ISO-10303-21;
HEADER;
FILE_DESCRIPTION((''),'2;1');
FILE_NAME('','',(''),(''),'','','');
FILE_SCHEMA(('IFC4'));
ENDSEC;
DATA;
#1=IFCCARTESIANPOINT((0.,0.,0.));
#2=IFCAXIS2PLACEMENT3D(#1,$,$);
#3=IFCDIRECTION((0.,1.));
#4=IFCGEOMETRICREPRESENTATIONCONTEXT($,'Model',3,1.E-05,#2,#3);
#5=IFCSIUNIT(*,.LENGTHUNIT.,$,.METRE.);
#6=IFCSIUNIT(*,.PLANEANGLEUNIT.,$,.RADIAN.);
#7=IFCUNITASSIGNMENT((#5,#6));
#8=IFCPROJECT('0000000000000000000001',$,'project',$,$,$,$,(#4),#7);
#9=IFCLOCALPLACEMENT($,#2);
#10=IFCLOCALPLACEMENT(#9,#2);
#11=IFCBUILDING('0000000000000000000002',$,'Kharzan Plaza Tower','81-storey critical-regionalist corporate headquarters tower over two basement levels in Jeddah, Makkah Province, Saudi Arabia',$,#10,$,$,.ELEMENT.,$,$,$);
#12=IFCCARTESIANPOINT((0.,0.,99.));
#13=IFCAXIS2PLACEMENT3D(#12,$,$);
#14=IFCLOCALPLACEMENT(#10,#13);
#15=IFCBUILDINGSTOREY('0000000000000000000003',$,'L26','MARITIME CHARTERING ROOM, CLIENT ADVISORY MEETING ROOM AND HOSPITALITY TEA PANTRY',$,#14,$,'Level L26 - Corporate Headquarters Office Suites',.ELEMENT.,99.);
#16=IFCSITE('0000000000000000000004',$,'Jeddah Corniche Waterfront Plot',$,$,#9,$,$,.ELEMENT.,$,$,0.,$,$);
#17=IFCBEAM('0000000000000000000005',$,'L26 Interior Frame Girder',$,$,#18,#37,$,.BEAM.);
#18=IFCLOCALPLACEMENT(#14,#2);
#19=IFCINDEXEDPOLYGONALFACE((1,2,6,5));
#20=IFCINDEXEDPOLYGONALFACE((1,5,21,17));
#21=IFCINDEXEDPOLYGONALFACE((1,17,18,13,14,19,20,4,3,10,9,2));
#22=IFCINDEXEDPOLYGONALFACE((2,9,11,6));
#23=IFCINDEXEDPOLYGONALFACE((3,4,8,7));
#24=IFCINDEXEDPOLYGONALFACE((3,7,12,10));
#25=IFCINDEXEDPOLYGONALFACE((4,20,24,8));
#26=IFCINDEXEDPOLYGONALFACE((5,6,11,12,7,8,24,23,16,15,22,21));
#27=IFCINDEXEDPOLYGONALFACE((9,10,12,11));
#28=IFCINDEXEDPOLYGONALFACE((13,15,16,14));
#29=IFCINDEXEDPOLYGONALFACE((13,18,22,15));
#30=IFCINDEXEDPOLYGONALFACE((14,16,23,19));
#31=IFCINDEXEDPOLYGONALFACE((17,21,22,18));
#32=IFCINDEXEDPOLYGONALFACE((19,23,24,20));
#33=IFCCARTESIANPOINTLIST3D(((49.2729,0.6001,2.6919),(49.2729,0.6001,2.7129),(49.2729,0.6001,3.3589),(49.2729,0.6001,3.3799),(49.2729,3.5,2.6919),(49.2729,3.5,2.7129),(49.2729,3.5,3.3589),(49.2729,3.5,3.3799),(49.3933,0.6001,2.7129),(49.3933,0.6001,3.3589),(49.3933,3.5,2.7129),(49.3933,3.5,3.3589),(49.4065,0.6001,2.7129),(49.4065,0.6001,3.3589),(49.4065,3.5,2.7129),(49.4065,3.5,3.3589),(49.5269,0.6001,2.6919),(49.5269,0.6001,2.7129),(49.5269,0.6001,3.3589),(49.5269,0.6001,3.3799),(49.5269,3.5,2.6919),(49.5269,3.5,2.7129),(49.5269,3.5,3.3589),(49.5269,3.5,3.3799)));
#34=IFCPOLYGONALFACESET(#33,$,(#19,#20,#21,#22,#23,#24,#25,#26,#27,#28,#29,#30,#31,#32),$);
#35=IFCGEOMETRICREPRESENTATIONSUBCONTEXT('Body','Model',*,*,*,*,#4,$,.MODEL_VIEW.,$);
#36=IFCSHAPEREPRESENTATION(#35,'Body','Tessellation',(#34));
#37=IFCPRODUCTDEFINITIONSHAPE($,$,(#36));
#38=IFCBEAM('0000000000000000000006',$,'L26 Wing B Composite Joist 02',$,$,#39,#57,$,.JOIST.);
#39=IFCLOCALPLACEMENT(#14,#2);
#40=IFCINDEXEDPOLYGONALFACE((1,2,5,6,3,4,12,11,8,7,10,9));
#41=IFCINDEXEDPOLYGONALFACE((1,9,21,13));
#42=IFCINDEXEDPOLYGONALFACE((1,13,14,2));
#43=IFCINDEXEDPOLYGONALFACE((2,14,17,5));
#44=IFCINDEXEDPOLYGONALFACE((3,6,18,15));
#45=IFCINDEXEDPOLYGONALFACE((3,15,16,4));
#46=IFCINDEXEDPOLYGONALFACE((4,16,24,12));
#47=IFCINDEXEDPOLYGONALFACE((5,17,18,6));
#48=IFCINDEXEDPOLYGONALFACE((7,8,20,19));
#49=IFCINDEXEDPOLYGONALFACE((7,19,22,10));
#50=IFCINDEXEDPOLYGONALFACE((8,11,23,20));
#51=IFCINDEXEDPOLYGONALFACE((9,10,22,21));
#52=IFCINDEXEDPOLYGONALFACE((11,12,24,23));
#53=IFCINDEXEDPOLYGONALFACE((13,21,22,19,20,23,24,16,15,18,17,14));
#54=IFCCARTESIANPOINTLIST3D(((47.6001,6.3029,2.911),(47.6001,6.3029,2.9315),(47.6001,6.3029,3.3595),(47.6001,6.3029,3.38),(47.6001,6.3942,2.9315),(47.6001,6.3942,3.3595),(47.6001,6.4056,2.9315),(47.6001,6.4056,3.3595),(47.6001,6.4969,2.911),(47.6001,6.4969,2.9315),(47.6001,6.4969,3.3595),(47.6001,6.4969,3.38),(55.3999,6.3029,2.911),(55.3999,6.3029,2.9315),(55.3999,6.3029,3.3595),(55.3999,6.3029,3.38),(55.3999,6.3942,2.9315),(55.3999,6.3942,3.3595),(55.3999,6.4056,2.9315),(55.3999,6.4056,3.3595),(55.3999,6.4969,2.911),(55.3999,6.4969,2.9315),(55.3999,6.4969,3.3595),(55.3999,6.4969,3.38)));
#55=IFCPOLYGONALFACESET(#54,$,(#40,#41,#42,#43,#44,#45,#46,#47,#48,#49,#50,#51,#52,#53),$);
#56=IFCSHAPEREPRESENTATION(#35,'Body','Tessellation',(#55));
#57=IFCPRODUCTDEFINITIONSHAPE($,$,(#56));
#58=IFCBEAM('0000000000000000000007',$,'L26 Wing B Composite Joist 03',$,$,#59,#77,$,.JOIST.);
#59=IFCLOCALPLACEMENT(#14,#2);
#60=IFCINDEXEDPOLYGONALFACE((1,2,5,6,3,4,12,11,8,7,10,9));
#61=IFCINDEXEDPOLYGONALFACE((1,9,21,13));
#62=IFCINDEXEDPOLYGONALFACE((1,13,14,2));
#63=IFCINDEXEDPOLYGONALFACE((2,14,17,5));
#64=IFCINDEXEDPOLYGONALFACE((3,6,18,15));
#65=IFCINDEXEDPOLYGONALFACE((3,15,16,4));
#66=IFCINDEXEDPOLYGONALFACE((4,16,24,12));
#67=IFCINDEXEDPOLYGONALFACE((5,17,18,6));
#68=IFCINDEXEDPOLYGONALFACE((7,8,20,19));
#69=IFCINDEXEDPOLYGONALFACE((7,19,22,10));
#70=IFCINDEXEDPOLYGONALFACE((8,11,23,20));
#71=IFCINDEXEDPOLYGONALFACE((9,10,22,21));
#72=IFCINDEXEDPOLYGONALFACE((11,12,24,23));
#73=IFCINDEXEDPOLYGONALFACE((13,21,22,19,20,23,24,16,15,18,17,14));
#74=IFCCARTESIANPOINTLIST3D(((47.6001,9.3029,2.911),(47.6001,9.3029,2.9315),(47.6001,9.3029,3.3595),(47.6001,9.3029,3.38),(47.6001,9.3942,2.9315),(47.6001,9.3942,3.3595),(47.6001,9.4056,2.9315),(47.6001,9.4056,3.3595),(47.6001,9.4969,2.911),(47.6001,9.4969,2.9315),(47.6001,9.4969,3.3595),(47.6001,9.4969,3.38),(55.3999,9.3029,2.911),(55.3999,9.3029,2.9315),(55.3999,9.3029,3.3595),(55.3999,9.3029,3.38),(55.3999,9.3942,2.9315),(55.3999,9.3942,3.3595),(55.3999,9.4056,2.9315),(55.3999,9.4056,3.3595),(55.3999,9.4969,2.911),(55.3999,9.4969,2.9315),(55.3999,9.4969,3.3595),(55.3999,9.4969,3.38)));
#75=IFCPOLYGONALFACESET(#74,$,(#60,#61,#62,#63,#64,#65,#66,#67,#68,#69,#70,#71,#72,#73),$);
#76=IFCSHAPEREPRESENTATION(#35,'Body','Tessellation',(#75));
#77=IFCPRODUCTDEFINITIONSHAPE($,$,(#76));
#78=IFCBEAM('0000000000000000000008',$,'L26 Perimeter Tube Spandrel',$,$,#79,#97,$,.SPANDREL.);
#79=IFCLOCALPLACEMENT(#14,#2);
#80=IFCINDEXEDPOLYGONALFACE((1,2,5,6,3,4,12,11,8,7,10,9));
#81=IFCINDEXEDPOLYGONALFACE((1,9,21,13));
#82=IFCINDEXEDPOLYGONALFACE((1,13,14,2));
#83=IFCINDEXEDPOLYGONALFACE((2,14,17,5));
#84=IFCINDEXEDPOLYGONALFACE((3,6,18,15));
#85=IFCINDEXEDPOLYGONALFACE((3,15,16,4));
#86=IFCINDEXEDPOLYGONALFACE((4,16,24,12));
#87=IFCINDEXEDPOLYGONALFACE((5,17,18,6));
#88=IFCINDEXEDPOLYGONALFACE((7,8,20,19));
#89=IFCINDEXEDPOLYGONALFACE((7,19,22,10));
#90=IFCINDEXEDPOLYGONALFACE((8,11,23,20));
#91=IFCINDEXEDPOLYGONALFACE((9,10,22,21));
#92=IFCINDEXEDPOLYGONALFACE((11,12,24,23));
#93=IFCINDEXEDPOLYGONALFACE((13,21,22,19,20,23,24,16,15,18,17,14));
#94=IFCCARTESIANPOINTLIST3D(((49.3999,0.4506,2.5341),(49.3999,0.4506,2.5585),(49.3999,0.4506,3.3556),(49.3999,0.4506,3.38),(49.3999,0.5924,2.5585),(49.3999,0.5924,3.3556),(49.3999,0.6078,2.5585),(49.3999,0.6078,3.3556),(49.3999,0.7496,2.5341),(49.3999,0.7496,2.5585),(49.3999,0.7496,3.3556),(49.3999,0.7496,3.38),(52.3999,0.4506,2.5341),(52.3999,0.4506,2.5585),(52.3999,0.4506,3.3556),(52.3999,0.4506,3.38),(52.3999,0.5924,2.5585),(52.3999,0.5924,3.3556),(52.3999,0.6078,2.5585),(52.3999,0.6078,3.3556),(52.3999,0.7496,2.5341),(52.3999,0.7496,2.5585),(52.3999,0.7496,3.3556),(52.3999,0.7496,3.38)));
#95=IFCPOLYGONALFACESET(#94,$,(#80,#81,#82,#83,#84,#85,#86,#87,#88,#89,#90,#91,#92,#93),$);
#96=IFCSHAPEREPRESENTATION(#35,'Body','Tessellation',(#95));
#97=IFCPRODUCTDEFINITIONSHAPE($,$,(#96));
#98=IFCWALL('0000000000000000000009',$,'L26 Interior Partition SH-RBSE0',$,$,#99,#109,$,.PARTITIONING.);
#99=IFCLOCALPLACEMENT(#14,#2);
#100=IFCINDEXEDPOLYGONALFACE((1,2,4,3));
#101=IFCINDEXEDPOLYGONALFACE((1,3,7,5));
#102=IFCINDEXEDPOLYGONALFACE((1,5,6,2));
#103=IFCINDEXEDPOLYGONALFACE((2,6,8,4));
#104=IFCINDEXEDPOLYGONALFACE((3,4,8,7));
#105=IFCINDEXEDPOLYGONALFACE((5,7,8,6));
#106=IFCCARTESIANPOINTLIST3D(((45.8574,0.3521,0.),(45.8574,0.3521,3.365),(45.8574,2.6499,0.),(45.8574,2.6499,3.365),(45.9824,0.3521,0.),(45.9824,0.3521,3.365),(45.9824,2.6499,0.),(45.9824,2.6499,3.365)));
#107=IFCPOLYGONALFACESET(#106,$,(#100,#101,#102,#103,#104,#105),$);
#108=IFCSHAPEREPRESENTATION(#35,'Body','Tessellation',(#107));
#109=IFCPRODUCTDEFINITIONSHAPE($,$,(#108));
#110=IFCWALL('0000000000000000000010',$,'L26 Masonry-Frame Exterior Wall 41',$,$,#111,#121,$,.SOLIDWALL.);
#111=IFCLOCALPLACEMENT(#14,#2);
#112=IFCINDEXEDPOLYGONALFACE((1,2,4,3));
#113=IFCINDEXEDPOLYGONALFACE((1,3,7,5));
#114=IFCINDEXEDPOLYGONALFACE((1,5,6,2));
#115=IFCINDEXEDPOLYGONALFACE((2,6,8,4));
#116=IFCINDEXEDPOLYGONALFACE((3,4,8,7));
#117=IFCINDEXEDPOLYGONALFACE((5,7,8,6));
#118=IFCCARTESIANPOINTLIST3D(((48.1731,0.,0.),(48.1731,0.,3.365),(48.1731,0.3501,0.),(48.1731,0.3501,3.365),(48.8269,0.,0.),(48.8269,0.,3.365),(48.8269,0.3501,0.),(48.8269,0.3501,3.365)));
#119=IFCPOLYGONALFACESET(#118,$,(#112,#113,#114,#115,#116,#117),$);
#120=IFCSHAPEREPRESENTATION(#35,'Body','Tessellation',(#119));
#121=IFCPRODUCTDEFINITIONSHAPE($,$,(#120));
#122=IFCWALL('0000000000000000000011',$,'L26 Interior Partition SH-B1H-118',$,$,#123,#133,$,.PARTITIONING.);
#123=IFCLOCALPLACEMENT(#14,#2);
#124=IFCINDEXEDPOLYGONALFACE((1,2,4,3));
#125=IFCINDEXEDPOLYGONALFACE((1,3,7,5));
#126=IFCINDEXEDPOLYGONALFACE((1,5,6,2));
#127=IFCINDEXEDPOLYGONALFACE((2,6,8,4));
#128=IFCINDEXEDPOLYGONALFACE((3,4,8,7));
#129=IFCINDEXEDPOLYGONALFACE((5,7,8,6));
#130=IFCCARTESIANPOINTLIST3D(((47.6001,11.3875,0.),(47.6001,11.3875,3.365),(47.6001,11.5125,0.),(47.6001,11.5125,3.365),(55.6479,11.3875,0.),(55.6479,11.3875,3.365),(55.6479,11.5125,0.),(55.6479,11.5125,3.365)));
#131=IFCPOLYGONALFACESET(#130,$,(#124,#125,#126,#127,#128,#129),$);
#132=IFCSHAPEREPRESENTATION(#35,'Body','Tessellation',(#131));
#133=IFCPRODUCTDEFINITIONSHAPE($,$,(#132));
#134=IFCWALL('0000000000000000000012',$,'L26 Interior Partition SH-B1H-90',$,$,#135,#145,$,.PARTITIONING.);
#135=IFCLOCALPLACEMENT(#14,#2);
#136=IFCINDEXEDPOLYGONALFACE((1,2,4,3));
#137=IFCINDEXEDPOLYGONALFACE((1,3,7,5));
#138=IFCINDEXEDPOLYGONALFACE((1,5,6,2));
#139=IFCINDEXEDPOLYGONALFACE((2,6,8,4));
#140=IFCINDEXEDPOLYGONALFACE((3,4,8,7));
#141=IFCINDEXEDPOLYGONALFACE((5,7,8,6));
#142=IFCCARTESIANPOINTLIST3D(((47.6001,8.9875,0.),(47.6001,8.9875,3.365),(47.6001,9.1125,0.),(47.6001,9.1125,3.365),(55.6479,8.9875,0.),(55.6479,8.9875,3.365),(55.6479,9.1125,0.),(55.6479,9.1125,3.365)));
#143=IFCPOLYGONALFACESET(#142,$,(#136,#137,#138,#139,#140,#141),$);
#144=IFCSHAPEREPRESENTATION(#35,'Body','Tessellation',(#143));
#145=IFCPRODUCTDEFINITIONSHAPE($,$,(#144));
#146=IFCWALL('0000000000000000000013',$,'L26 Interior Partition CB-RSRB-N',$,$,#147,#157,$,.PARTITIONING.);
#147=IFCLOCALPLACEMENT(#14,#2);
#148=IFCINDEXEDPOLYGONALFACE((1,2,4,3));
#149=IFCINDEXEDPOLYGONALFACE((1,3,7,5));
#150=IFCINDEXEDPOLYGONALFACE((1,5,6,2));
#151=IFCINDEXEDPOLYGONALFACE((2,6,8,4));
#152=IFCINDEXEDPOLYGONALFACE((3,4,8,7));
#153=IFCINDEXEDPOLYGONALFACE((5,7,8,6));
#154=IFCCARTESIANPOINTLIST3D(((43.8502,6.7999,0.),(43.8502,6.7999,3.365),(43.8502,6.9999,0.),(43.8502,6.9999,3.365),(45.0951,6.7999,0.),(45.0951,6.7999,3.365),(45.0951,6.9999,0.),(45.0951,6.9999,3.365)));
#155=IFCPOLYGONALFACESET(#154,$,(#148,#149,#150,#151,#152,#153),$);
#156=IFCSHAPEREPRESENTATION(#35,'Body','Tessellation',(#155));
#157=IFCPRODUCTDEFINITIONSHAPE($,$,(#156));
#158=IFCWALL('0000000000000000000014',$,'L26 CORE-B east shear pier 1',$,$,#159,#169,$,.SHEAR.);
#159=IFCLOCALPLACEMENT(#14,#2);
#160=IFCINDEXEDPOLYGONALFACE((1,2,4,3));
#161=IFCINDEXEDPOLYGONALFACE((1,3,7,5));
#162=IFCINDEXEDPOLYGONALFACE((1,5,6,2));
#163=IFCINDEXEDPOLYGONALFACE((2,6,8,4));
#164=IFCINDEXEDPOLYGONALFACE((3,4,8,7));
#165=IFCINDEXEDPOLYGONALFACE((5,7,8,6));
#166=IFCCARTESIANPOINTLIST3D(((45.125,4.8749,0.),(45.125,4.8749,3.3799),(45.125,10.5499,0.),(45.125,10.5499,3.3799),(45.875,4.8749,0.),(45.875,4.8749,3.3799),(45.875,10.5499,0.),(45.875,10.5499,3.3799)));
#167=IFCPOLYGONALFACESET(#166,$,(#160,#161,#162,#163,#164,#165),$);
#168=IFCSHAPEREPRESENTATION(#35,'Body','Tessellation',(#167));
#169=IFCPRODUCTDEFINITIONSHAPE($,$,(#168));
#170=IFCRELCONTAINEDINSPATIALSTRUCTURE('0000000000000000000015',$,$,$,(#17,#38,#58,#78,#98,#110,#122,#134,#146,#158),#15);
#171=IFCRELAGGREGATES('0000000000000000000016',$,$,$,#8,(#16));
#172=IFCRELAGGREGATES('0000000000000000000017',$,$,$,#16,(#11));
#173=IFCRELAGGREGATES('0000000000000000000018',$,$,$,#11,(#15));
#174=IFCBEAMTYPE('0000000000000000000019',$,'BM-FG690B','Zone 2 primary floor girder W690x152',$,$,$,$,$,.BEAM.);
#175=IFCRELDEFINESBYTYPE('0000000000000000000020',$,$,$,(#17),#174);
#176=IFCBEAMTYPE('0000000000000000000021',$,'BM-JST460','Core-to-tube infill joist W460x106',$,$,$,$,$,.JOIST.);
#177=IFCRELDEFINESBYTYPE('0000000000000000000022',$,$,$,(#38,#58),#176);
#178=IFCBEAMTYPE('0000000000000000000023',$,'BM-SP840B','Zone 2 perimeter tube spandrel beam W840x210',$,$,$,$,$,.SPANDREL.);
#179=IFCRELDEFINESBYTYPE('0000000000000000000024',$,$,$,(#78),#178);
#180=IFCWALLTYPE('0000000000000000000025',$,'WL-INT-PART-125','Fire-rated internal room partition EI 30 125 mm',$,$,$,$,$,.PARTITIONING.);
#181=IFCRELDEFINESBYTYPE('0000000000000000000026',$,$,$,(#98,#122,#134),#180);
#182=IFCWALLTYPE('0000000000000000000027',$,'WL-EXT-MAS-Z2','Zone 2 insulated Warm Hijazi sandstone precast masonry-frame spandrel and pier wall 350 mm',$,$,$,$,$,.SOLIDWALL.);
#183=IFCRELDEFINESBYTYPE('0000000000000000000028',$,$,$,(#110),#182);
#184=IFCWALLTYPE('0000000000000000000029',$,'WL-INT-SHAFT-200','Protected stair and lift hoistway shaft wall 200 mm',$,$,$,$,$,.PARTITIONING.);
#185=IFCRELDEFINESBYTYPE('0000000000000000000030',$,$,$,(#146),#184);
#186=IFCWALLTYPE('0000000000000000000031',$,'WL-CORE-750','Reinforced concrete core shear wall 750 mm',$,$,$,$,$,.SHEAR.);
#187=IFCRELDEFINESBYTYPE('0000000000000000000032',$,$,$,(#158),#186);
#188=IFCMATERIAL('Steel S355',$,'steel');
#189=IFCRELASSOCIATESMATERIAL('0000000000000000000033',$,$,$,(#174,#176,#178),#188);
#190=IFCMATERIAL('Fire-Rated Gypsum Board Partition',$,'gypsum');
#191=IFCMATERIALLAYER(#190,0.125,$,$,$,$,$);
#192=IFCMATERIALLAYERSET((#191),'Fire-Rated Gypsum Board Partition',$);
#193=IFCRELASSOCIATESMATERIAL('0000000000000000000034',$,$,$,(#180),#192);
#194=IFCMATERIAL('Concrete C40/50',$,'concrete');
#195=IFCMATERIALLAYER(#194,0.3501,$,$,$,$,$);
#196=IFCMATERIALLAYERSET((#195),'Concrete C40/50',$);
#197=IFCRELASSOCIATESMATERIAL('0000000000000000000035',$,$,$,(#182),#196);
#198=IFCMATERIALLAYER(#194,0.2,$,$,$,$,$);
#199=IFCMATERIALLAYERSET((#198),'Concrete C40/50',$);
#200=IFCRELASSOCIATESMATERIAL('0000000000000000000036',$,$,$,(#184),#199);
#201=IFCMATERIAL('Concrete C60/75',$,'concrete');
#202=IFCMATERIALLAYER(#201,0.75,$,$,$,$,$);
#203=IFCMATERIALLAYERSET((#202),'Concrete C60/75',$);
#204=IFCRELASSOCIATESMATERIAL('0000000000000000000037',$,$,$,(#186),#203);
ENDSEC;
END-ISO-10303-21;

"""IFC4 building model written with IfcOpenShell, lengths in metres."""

from ifc_helpers import new_model, si_unit, direction, frame, frame_2d, origin, origin_2d, place, context, subcontext, project, spatial, rectangle, i_section, extrude, source, transform, mapped, material, layer, layer_set, material_profile, profile_set, type_object, element, save


model = new_model("IFC4")

# Units and contexts
model_context = context("Model", 3, precision=1e-05, world=origin(), true_north=direction((0.0, 1.0)))
body_context = subcontext(model_context, "Body", "Model", "MODEL_VIEW")
ifc_project = project(units=[si_unit("LENGTHUNIT", "METRE"), si_unit("PLANEANGLEUNIT", "RADIAN")], contexts=[model_context])

# Site, building, storey
site_placement = place(None, origin())
site = spatial("IfcSite", under=ifc_project, at=site_placement, Name="Jeddah Corniche Waterfront Plot", CompositionType="ELEMENT", RefElevation=0.0)
building_placement = place(site_placement, origin())
building = spatial("IfcBuilding", under=site, at=building_placement, Name="Kharzan Plaza Tower", Description="81-storey critical-regionalist corporate headquarters tower over two basement levels in Jeddah, Makkah Province, Saudi Arabia", CompositionType="ELEMENT")
storey_placement = place(building_placement, frame((0.0, 0.0, 99.0)))
storey = spatial("IfcBuildingStorey", under=building, at=storey_placement, Name="L26", Description="MARITIME CHARTERING ROOM, CLIENT ADVISORY MEETING ROOM AND HOSPITALITY TEA PANTRY", LongName="Level L26 - Corporate Headquarters Office Suites", CompositionType="ELEMENT", Elevation=99.0)

# Shared definitions
ifc_material_1 = material(Name="Concrete C60/75", Category="concrete")

# Beams
ifc_material_2 = material(Name="Steel S355", Category="steel")
ifc_material_profile_1 = material_profile(ifc_material_2, i_section(OverallWidth=0.2539, OverallDepth=0.688, WebThickness=0.0132, FlangeThickness=0.021, at=origin_2d()), Name="W690x152")
ifc_profile_set_1 = profile_set([ifc_material_profile_1], Name="Steel S355")
beam_type_1 = type_object("IfcBeamType", Name="BM-FG690B", Description="Zone 2 primary floor girder W690x152", PredefinedType="BEAM", material=ifc_profile_set_1)
shared_shape_1 = source(origin(), body_context, "Body", "SweptSolid", [
    extrude(i_section(OverallWidth=0.2539, OverallDepth=0.688, WebThickness=0.0132, FlangeThickness=0.021, at=origin_2d()), origin(), (0.0, 0.0, 1.0), 2.8999),
])
for number, where, z_axis, x_axis, name in (
    (1, (49.3999, 0.6001, 3.0359), (0.0, 1.0, 0.0), (-1.0, 0.0, 0.0), "L26 Interior Frame Girder"),
):
    element("IfcBeam", number, at=place(storey_placement, frame(where, z_axis=z_axis, x_axis=x_axis)), inside=storey, type_object=beam_type_1, Name=name, PredefinedType="BEAM", context=body_context, shape_type="MappedRepresentation", body=[
        mapped(shared_shape_1, transform((0.0, 0.0, 0.0), x_axis=(1.0, 0.0, 0.0), y_axis=(0.0, 1.0, 0.0), z_axis=(0.0, 0.0, 1.0))),
    ])
ifc_material_profile_2 = material_profile(ifc_material_2, i_section(OverallWidth=0.1941, OverallDepth=0.469, WebThickness=0.0115, FlangeThickness=0.0205, at=origin_2d()), Name="W460x106")
ifc_profile_set_2 = profile_set([ifc_material_profile_2], Name="Steel S355")
beam_type_2 = type_object("IfcBeamType", Name="BM-JST460", Description="Core-to-tube infill joist W460x106", PredefinedType="JOIST", material=ifc_profile_set_2)
shared_shape_2 = source(origin(), body_context, "Body", "SweptSolid", [
    extrude(i_section(OverallWidth=0.1941, OverallDepth=0.469, WebThickness=0.0115, FlangeThickness=0.0205, at=origin_2d()), origin(), (0.0, 0.0, 1.0), 7.7998),
])
for number, where, z_axis, x_axis, name in (
    (2, (47.6001, 6.3999, 3.1455), (1.0, 0.0, 0.0), (0.0, 1.0, 0.0), "L26 Wing B Composite Joist 02"),
    (3, (47.6001, 9.3999, 3.1455), (1.0, 0.0, 0.0), (0.0, 1.0, 0.0), "L26 Wing B Composite Joist 03"),
):
    element("IfcBeam", number, at=place(storey_placement, frame(where, z_axis=z_axis, x_axis=x_axis)), inside=storey, type_object=beam_type_2, Name=name, PredefinedType="JOIST", context=body_context, shape_type="MappedRepresentation", body=[
        mapped(shared_shape_2, transform((0.0, 0.0, 0.0), x_axis=(1.0, 0.0, 0.0), y_axis=(0.0, 1.0, 0.0), z_axis=(0.0, 0.0, 1.0))),
    ])
ifc_material_profile_3 = material_profile(ifc_material_2, i_section(OverallWidth=0.2991, OverallDepth=0.8459, WebThickness=0.0154, FlangeThickness=0.0244, at=origin_2d()), Name="W840x210")
ifc_profile_set_3 = profile_set([ifc_material_profile_3], Name="Steel S355")
beam_type_3 = type_object("IfcBeamType", Name="BM-SP840B", Description="Zone 2 perimeter tube spandrel beam W840x210", PredefinedType="SPANDREL", material=ifc_profile_set_3)
shared_shape_3 = source(origin(), body_context, "Body", "SweptSolid", [
    extrude(i_section(OverallWidth=0.2991, OverallDepth=0.8459, WebThickness=0.0154, FlangeThickness=0.0244, at=origin_2d()), origin(), (0.0, 0.0, 1.0), 3.0),
])
beam_1_placement = place(storey_placement, frame((49.3999, 0.6001, 2.957), z_axis=(1.0, 0.0, 0.0), x_axis=(0.0, 1.0, 0.0)))
element("IfcBeam", 4, at=beam_1_placement, inside=storey, type_object=beam_type_3, Name="L26 Perimeter Tube Spandrel", PredefinedType="SPANDREL", context=body_context, shape_type="MappedRepresentation", body=[
    mapped(shared_shape_3, transform((0.0, 0.0, 0.0), x_axis=(1.0, 0.0, 0.0), y_axis=(0.0, 1.0, 0.0), z_axis=(0.0, 0.0, 1.0))),
])

# Shared definitions
ifc_material_3 = material(Name="Fire-Rated Gypsum Board Partition", Category="gypsum")
ifc_layer_1 = layer(ifc_material_3, 0.125)
ifc_layer_set_1 = layer_set([ifc_layer_1], Name="Fire-Rated Gypsum Board Partition")
wall_type_1 = type_object("IfcWallType", Name="WL-INT-PART-125", Description="Fire-rated internal room partition EI 30 125 mm", PredefinedType="PARTITIONING", material=ifc_layer_set_1)

# Walls
shared_shape_4 = source(origin(), body_context, "Body", "SweptSolid", [
    extrude(rectangle(XDim=2.2979, YDim=0.125, at=frame_2d((1.1489, 0.0))), origin(), (0.0, 0.0, 1.0), 3.365),
])
wall_1_placement = place(storey_placement, frame((45.9199, 0.3521, 0.0), z_axis=(0.0, 0.0, 1.0), x_axis=(0.0, 1.0, 0.0)))
element("IfcWall", 5, at=wall_1_placement, inside=storey, type_object=wall_type_1, Name="L26 Interior Partition SH-RBSE0", PredefinedType="PARTITIONING", context=body_context, shape_type="MappedRepresentation", body=[
    mapped(shared_shape_4, transform((0.0, 0.0, 0.0), x_axis=(1.0, 0.0, 0.0), y_axis=(0.0, 1.0, 0.0), z_axis=(0.0, 0.0, 1.0))),
])
ifc_material_4 = material(Name="Concrete C40/50", Category="concrete")
ifc_layer_2 = layer(ifc_material_4, 0.3501)
ifc_layer_set_2 = layer_set([ifc_layer_2], Name="Concrete C40/50")
wall_type_2 = type_object("IfcWallType", Name="WL-EXT-MAS-Z2", Description="Zone 2 insulated Warm Hijazi sandstone precast masonry-frame spandrel and pier wall 350 mm", PredefinedType="SOLIDWALL", material=ifc_layer_set_2)
shared_shape_5 = source(origin(), body_context, "Body", "SweptSolid", [
    extrude(rectangle(XDim=0.6538, YDim=0.3501, at=frame_2d((0.3269, 0.0))), origin(), (0.0, 0.0, 1.0), 3.365),
])
wall_2_placement = place(storey_placement, frame((48.1731, 0.175, 0.0), z_axis=(0.0, 0.0, 1.0), x_axis=(1.0, 0.0, 0.0)))
element("IfcWall", 6, at=wall_2_placement, inside=storey, type_object=wall_type_2, Name="L26 Masonry-Frame Exterior Wall 41", PredefinedType="SOLIDWALL", context=body_context, shape_type="MappedRepresentation", body=[
    mapped(shared_shape_5, transform((0.0, 0.0, 0.0), x_axis=(1.0, 0.0, 0.0), y_axis=(0.0, 1.0, 0.0), z_axis=(0.0, 0.0, 1.0))),
])
shared_shape_6 = source(origin(), body_context, "Body", "SweptSolid", [
    extrude(rectangle(XDim=8.0479, YDim=0.125, at=frame_2d((4.0239, 0.0))), origin(), (0.0, 0.0, 1.0), 3.365),
])
for number, where, z_axis, x_axis, name in (
    (7, (47.6001, 11.45, 0.0), (0.0, 0.0, 1.0), (1.0, 0.0, 0.0), "L26 Interior Partition SH-B1H-118"),
    (8, (47.6001, 9.05, 0.0), (0.0, 0.0, 1.0), (1.0, 0.0, 0.0), "L26 Interior Partition SH-B1H-90"),
):
    element("IfcWall", number, at=place(storey_placement, frame(where, z_axis=z_axis, x_axis=x_axis)), inside=storey, type_object=wall_type_1, Name=name, PredefinedType="PARTITIONING", context=body_context, shape_type="MappedRepresentation", body=[
        mapped(shared_shape_6, transform((0.0, 0.0, 0.0), x_axis=(1.0, 0.0, 0.0), y_axis=(0.0, 1.0, 0.0), z_axis=(0.0, 0.0, 1.0))),
    ])
ifc_layer_3 = layer(ifc_material_4, 0.2)
ifc_layer_set_3 = layer_set([ifc_layer_3], Name="Concrete C40/50")
wall_type_3 = type_object("IfcWallType", Name="WL-INT-SHAFT-200", Description="Protected stair and lift hoistway shaft wall 200 mm", PredefinedType="PARTITIONING", material=ifc_layer_set_3)
shared_shape_7 = source(origin(), body_context, "Body", "SweptSolid", [
    extrude(rectangle(XDim=1.2449, YDim=0.2, at=frame_2d((0.6226, 0.0))), origin(), (0.0, 0.0, 1.0), 3.365),
])
wall_3_placement = place(storey_placement, frame((43.8501, 6.8999, 0.0), z_axis=(0.0, 0.0, 1.0), x_axis=(1.0, 0.0, 0.0)))
element("IfcWall", 9, at=wall_3_placement, inside=storey, type_object=wall_type_3, Name="L26 Interior Partition CB-RSRB-N", PredefinedType="PARTITIONING", context=body_context, shape_type="MappedRepresentation", body=[
    mapped(shared_shape_7, transform((0.0, 0.0, 0.0), x_axis=(1.0, 0.0, 0.0), y_axis=(0.0, 1.0, 0.0), z_axis=(0.0, 0.0, 1.0))),
])
ifc_layer_4 = layer(ifc_material_1, 0.75)
ifc_layer_set_4 = layer_set([ifc_layer_4], Name="Concrete C60/75")
wall_type_4 = type_object("IfcWallType", Name="WL-CORE-750", Description="Reinforced concrete core shear wall 750 mm", PredefinedType="SHEAR", material=ifc_layer_set_4)
shared_shape_8 = source(origin(), body_context, "Body", "SweptSolid", [
    extrude(rectangle(XDim=5.675, YDim=0.75, at=frame_2d((2.8374, 0.0))), origin(), (0.0, 0.0, 1.0), 3.3799),
])
wall_4_placement = place(storey_placement, frame((45.5, 4.875, 0.0), z_axis=(0.0, 0.0, 1.0), x_axis=(0.0, 1.0, 0.0)))
element("IfcWall", 10, at=wall_4_placement, inside=storey, type_object=wall_type_4, Name="L26 CORE-B east shear pier 1", PredefinedType="SHEAR", context=body_context, shape_type="MappedRepresentation", body=[
    mapped(shared_shape_8, transform((0.0, 0.0, 0.0), x_axis=(1.0, 0.0, 0.0), y_axis=(0.0, 1.0, 0.0), z_axis=(0.0, 0.0, 1.0))),
])

save(model, "model.ifc")
